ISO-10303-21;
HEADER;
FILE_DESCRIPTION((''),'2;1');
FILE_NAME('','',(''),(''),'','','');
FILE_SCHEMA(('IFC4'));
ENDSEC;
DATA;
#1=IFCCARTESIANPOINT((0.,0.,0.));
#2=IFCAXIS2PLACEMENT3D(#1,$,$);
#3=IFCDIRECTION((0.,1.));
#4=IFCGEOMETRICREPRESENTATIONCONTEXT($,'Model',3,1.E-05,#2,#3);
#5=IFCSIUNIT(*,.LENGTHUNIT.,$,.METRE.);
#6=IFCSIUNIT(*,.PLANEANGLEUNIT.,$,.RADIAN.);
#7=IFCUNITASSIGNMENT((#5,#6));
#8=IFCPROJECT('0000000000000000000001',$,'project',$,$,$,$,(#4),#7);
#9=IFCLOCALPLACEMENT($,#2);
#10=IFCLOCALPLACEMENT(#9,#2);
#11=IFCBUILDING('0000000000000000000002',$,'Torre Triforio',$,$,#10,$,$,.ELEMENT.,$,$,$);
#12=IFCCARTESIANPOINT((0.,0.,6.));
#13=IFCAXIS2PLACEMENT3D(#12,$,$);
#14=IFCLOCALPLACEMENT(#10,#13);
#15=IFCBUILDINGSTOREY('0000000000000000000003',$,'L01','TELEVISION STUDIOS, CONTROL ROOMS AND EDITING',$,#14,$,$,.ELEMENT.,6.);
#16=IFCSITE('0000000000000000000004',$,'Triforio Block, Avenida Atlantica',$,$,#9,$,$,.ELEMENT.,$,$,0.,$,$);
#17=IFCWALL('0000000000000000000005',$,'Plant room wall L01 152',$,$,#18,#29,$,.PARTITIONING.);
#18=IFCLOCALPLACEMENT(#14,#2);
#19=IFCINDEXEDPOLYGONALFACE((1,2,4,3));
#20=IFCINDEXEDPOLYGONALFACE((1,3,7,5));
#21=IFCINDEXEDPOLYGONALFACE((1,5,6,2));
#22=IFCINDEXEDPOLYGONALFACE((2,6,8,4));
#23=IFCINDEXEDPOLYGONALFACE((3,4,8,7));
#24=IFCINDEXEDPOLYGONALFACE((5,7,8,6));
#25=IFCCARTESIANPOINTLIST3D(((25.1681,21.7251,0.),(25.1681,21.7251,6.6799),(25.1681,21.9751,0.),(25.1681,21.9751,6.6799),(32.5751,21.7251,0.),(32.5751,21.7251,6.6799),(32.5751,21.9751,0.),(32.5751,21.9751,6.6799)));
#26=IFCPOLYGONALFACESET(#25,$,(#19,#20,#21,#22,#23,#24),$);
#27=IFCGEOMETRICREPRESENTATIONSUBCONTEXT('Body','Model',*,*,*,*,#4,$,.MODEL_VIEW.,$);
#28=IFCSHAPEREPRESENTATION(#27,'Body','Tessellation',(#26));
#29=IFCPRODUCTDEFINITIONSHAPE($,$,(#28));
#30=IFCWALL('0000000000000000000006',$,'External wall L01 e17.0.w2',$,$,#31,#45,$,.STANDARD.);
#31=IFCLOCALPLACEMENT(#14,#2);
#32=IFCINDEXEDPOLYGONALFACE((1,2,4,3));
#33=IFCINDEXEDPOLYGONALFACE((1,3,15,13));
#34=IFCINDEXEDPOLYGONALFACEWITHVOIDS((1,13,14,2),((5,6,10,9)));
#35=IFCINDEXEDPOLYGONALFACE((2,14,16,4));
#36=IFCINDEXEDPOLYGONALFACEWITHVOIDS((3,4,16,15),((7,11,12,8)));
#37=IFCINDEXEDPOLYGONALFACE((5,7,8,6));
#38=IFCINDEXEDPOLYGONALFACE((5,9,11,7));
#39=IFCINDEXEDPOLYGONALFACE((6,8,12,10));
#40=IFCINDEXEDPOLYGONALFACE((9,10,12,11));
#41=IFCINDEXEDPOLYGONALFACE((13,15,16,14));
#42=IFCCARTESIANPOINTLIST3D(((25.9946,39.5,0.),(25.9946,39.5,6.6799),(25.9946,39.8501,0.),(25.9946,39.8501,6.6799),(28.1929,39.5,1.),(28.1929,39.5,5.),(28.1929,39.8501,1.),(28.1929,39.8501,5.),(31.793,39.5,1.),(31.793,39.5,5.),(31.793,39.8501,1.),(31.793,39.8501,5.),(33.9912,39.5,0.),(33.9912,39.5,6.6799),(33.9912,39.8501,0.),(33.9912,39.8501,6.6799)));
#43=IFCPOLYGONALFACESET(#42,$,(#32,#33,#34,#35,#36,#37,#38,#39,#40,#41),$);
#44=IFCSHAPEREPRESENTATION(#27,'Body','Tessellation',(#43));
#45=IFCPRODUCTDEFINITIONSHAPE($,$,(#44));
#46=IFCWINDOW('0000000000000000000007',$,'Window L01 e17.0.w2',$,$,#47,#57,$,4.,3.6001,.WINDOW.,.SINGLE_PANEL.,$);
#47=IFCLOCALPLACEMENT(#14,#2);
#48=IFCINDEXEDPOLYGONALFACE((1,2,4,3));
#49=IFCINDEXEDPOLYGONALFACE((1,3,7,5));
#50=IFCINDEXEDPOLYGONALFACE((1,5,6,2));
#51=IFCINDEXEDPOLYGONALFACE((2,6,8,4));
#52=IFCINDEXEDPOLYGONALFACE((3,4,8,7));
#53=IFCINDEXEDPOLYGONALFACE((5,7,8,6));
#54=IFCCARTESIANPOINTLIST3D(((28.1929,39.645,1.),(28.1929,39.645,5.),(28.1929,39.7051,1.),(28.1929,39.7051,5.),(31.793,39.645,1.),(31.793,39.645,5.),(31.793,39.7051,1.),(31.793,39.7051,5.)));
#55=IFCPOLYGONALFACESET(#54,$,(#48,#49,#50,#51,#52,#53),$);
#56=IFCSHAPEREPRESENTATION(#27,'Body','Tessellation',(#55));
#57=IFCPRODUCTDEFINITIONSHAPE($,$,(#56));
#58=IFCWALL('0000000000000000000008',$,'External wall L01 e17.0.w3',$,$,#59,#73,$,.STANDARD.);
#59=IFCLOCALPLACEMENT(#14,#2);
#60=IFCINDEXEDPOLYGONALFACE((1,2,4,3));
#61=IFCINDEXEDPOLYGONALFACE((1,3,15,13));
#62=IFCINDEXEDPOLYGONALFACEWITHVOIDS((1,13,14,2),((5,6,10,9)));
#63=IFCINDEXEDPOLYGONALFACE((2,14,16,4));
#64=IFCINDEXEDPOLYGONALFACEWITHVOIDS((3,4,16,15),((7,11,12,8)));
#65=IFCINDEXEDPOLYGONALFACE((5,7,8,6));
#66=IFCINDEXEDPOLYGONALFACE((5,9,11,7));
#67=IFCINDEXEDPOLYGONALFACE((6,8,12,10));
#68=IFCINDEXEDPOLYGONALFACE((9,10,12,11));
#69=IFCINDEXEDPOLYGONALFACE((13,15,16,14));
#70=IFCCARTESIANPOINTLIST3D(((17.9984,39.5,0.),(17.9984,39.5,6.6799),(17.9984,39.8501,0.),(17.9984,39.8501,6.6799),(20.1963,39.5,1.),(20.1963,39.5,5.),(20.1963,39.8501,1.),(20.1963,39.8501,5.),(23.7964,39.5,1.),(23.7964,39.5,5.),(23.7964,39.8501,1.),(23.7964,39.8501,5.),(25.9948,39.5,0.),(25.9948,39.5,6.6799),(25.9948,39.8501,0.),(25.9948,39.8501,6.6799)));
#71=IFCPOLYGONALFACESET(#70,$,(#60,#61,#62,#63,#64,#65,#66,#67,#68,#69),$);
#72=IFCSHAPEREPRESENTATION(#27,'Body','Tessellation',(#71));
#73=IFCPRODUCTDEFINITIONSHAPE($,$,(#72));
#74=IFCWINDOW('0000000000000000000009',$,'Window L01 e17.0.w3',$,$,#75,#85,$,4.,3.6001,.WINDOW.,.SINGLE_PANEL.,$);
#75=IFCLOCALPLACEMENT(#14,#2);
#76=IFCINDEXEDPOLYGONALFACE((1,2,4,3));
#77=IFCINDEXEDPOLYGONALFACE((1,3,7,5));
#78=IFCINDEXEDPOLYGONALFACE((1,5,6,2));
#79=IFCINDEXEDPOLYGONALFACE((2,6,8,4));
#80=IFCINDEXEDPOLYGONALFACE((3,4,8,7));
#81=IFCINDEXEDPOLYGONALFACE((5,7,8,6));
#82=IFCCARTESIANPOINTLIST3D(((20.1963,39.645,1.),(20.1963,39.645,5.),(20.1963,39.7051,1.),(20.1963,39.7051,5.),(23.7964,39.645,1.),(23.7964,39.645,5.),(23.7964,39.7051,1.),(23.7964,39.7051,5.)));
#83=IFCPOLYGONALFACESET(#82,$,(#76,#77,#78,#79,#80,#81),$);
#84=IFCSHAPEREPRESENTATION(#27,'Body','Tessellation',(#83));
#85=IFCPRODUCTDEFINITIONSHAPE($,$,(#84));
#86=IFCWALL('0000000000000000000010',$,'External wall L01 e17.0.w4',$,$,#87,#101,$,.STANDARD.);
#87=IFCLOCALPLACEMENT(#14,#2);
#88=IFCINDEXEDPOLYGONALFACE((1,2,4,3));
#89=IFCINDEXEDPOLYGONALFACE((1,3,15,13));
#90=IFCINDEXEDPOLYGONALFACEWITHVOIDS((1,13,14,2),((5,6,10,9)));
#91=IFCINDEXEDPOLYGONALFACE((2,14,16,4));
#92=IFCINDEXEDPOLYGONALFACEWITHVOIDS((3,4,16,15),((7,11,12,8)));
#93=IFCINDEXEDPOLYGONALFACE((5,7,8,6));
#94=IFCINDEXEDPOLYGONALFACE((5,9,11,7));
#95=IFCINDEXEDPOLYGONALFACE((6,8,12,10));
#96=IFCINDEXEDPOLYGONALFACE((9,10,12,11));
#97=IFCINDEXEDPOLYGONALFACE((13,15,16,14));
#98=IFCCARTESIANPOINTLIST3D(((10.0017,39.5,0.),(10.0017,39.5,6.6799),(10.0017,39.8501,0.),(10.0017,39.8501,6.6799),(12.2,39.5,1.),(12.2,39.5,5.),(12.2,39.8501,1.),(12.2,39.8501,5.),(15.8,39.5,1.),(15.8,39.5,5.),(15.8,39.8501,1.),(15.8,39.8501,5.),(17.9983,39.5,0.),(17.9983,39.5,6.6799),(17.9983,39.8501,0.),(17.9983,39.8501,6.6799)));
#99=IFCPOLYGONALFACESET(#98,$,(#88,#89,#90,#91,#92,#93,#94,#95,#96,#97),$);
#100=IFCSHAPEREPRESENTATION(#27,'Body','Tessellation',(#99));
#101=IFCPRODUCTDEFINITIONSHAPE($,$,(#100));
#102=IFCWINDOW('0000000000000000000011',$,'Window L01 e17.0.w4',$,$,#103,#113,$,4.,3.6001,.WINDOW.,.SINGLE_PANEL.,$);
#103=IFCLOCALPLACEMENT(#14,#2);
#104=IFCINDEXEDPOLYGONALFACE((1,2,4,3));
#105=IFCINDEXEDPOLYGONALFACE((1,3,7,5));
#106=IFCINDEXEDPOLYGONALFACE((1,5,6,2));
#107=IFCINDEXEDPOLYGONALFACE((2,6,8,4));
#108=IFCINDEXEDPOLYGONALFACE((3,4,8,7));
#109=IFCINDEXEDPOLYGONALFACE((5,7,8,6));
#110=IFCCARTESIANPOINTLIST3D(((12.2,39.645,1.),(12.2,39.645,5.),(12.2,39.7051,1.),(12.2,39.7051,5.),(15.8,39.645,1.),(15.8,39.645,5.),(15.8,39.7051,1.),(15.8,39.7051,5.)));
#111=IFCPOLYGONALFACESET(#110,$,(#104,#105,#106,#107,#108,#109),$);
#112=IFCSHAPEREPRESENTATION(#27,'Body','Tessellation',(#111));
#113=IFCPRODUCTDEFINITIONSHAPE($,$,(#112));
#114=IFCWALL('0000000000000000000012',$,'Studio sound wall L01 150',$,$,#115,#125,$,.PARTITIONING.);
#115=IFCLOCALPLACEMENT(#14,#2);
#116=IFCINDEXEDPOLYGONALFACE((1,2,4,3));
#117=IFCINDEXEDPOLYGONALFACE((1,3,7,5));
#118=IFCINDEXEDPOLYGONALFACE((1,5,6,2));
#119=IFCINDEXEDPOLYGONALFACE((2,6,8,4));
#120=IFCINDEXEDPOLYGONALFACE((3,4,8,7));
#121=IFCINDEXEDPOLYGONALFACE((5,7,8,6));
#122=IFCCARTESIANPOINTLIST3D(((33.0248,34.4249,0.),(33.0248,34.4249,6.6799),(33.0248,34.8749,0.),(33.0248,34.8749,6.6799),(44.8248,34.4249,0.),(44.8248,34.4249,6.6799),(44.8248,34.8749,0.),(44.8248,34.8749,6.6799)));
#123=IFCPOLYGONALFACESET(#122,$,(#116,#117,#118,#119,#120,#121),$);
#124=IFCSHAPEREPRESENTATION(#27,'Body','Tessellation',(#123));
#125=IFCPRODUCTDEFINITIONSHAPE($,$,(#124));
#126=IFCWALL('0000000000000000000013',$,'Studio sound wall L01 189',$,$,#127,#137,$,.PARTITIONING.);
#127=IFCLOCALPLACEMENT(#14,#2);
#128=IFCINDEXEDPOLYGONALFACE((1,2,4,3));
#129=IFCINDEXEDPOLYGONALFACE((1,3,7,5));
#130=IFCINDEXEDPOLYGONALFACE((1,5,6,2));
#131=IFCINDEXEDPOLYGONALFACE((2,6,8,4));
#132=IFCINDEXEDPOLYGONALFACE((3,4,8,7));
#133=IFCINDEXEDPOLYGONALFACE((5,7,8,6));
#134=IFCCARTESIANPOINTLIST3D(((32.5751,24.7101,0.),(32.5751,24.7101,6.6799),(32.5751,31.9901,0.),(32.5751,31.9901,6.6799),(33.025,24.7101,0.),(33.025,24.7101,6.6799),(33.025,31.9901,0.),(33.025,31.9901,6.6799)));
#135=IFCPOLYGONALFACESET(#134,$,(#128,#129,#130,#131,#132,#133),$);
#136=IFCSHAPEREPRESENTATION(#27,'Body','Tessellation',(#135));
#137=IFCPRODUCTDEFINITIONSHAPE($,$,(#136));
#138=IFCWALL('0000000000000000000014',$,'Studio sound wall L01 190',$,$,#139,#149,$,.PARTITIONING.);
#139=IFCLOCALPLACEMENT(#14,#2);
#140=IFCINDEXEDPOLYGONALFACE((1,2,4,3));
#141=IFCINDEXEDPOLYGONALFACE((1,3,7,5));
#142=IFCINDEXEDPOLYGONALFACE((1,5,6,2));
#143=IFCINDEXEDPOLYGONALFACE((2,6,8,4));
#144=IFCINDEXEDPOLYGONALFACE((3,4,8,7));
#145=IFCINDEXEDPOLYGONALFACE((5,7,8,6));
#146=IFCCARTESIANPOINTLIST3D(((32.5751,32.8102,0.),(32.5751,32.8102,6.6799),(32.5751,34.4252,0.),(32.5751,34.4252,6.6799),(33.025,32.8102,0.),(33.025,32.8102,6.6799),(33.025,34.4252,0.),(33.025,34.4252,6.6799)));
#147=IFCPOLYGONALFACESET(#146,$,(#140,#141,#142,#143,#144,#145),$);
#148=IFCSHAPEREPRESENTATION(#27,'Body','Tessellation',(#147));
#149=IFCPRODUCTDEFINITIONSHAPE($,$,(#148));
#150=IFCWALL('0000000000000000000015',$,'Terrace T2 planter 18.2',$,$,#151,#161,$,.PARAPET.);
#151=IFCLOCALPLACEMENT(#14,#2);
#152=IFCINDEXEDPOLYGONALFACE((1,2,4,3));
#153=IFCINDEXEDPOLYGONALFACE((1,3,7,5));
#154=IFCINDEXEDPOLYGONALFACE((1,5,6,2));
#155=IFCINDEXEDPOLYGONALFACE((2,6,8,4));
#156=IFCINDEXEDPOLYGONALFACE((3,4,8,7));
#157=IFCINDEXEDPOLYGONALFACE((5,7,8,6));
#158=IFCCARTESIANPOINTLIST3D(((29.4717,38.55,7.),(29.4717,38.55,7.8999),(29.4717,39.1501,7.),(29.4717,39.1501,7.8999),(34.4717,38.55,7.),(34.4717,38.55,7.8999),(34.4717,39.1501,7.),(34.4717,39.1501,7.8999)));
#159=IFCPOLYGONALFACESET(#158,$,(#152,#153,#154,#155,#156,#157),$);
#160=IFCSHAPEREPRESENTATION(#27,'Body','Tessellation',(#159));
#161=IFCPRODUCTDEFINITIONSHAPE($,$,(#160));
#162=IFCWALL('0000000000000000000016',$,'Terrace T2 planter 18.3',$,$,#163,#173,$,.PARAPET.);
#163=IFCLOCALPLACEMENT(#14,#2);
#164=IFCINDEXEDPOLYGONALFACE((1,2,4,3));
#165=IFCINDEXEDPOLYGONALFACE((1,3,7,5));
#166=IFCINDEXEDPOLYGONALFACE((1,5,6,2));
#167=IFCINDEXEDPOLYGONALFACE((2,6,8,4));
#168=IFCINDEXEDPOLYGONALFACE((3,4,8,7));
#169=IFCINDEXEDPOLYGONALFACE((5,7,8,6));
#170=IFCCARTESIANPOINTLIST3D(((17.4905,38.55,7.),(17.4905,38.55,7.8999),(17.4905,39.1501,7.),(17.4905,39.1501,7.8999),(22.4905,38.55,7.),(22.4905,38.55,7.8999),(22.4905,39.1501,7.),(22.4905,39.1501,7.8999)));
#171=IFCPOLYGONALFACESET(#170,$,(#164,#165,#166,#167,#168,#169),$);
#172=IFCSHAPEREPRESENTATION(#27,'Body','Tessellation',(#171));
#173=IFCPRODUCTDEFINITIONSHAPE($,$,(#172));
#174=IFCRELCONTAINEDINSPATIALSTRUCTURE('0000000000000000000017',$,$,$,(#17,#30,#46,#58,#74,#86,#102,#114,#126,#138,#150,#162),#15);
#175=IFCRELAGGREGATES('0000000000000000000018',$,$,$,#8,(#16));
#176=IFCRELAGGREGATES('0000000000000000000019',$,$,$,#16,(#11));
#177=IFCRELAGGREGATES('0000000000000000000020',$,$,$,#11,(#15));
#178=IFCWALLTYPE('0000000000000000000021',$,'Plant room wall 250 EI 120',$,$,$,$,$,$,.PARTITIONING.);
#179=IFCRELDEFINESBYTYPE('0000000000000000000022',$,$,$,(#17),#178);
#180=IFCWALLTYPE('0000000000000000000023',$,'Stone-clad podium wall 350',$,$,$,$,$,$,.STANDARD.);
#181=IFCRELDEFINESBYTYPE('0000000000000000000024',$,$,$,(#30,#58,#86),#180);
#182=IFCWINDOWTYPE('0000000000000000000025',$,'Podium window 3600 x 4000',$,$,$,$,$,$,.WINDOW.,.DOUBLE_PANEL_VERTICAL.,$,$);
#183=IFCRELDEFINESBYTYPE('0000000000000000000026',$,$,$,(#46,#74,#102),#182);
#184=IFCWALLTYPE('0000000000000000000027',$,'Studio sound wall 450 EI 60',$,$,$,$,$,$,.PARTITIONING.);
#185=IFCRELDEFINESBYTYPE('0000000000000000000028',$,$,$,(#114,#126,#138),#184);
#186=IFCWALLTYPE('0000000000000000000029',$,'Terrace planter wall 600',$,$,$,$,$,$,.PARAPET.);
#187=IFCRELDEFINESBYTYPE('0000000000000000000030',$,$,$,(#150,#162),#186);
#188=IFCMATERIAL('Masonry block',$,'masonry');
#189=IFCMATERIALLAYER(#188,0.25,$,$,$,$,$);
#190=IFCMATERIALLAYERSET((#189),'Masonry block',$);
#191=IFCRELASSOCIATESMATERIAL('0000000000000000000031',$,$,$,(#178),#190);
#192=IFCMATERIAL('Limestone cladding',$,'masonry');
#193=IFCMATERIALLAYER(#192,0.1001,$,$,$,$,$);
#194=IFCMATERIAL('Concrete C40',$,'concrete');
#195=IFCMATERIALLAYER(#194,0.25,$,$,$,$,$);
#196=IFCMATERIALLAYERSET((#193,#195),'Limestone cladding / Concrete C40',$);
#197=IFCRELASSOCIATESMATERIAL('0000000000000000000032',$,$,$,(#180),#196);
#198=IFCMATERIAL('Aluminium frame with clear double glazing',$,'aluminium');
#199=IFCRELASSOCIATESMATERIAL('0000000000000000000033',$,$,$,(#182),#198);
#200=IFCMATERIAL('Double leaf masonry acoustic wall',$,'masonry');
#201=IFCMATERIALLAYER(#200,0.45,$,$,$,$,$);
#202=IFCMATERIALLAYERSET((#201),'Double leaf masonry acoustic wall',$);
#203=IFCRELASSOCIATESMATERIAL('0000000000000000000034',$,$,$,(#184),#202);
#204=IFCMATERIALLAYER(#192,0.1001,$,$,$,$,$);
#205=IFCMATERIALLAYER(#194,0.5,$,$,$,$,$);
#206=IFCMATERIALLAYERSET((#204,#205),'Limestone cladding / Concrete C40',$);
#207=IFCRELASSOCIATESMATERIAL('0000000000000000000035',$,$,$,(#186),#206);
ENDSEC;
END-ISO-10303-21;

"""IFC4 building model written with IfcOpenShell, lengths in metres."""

from ifc_helpers import new_model, si_unit, direction, frame, frame_2d, origin, place, context, subcontext, project, spatial, rectangle, extrude, material, layer, layer_set, type_object, element, fill, save


model = new_model("IFC4")

# Units and contexts
model_context = context("Model", 3, precision=1e-05, world=origin(), true_north=direction((0.0, 1.0)))
body_context = subcontext(model_context, "Body", "Model", "MODEL_VIEW")
ifc_project = project(units=[si_unit("LENGTHUNIT", "METRE"), si_unit("PLANEANGLEUNIT", "RADIAN")], contexts=[model_context])

# Site, building, storey
site_placement = place(None, origin())
site = spatial("IfcSite", under=ifc_project, at=site_placement, Name="Triforio Block, Avenida Atlantica", CompositionType="ELEMENT", RefElevation=0.0)
building_placement = place(site_placement, origin())
building = spatial("IfcBuilding", under=site, at=building_placement, Name="Torre Triforio", CompositionType="ELEMENT")
storey_placement = place(building_placement, frame((0.0, 0.0, 6.0)))
storey = spatial("IfcBuildingStorey", under=building, at=storey_placement, Name="L01", Description="TELEVISION STUDIOS, CONTROL ROOMS AND EDITING", CompositionType="ELEMENT", Elevation=6.0)

# Shared definitions
ifc_material_1 = material(Name="Masonry block", Category="masonry")
ifc_layer_1 = layer(ifc_material_1, 0.25)
ifc_layer_set_1 = layer_set([ifc_layer_1], Name="Masonry block")
wall_type_1 = type_object("IfcWallType", Name="Plant room wall 250 EI 120", PredefinedType="PARTITIONING", material=ifc_layer_set_1)

# Wall
wall_1_placement = place(storey_placement, frame((25.168, 21.8501, 0.0), z_axis=(0.0, 0.0, 1.0), x_axis=(1.0, 0.0, 0.0)))
element("IfcWall", 1, at=wall_1_placement, inside=storey, type_object=wall_type_1, Name="Plant room wall L01 152", PredefinedType="PARTITIONING", context=body_context, shape_type="SweptSolid", body=[
    extrude(rectangle(XDim=7.407, YDim=0.25, at=frame_2d((3.7036, 0.0))), origin(), (0.0, 0.0, 1.0), 6.6799),
])

# Walls, openings, windows
ifc_material_2 = material(Name="Limestone cladding", Category="masonry")
ifc_layer_2 = layer(ifc_material_2, 0.1001)
ifc_material_3 = material(Name="Concrete C40", Category="concrete")
ifc_layer_3 = layer(ifc_material_3, 0.25)
ifc_layer_set_2 = layer_set([ifc_layer_2, ifc_layer_3], Name="Limestone cladding / Concrete C40")
wall_type_2 = type_object("IfcWallType", Name="Stone-clad podium wall 350", PredefinedType="STANDARD", material=ifc_layer_set_2)
wall_2_placement = place(storey_placement, frame((33.9912, 39.675, 0.0), z_axis=(0.0, 0.0, 1.0), x_axis=(-1.0, 0.0, 0.0)))
wall_2 = element("IfcWall", 2, at=wall_2_placement, inside=storey, type_object=wall_type_2, Name="External wall L01 e17.0.w2", PredefinedType="STANDARD", context=body_context, shape_type="SweptSolid", body=[
    extrude(rectangle(XDim=7.9966, YDim=0.3501, at=frame_2d((3.9983, 0.0))), origin(), (0.0, 0.0, 1.0), 6.6799),
])
opening_1_placement = place(wall_2_placement, frame((2.1982, 0.0, 1.0)))
opening_1 = element("IfcOpeningElement", 3, at=opening_1_placement, cuts=wall_2, PredefinedType="OPENING", context=body_context, shape_type="SweptSolid", body=[
    extrude(rectangle(XDim=3.6001, YDim=4.0, at=frame_2d((1.8, 2.0))), frame((0.0, 0.1851, 0.0), z_axis=(0.0, -1.0, 0.0), x_axis=(1.0, 0.0, 0.0)), (0.0, 0.0, 1.0), 0.3701),
])
ifc_material_4 = material(Name="Aluminium frame with clear double glazing", Category="aluminium")
window_type = type_object("IfcWindowType", Name="Podium window 3600 x 4000", PartitioningType="DOUBLE_PANEL_VERTICAL", PredefinedType="WINDOW", material=ifc_material_4)
window_1_placement = place(opening_1_placement, origin())
window_1 = element("IfcWindow", 4, at=window_1_placement, inside=storey, type_object=window_type, Name="Window L01 e17.0.w2", OverallHeight=4.0, OverallWidth=3.6001, PartitioningType="SINGLE_PANEL", PredefinedType="WINDOW", context=body_context, shape_type="SweptSolid", body=[
    extrude(rectangle(XDim=3.6001, YDim=4.0, at=frame_2d((1.8, 2.0))), frame((0.0, 0.03, 0.0), z_axis=(0.0, -1.0, 0.0), x_axis=(1.0, 0.0, 0.0)), (0.0, 0.0, 1.0), 0.0601),
])
fill(opening_1, window_1)
wall_3_placement = place(storey_placement, frame((25.9946, 39.675, 0.0), z_axis=(0.0, 0.0, 1.0), x_axis=(-1.0, 0.0, 0.0)))
wall_3 = element("IfcWall", 5, at=wall_3_placement, inside=storey, type_object=wall_type_2, Name="External wall L01 e17.0.w3", PredefinedType="STANDARD", context=body_context, shape_type="SweptSolid", body=[
    extrude(rectangle(XDim=7.9963, YDim=0.3501, at=frame_2d((3.998, 0.0))), origin(), (0.0, 0.0, 1.0), 6.6799),
])
opening_2_placement = place(wall_3_placement, frame((2.1982, 0.0, 1.0)))
opening_2 = element("IfcOpeningElement", 6, at=opening_2_placement, cuts=wall_3, PredefinedType="OPENING", context=body_context, shape_type="SweptSolid", body=[
    extrude(rectangle(XDim=3.6001, YDim=4.0, at=frame_2d((1.8, 2.0))), frame((0.0, 0.1851, 0.0), z_axis=(0.0, -1.0, 0.0), x_axis=(1.0, 0.0, 0.0)), (0.0, 0.0, 1.0), 0.3701),
])
window_2_placement = place(opening_2_placement, origin())
window_2 = element("IfcWindow", 7, at=window_2_placement, inside=storey, type_object=window_type, Name="Window L01 e17.0.w3", OverallHeight=4.0, OverallWidth=3.6001, PartitioningType="SINGLE_PANEL", PredefinedType="WINDOW", context=body_context, shape_type="SweptSolid", body=[
    extrude(rectangle(XDim=3.6001, YDim=4.0, at=frame_2d((1.8, 2.0))), frame((0.0, 0.03, 0.0), z_axis=(0.0, -1.0, 0.0), x_axis=(1.0, 0.0, 0.0)), (0.0, 0.0, 1.0), 0.0601),
])
fill(opening_2, window_2)
wall_4_placement = place(storey_placement, frame((17.9983, 39.675, 0.0), z_axis=(0.0, 0.0, 1.0), x_axis=(-1.0, 0.0, 0.0)))
wall_4 = element("IfcWall", 8, at=wall_4_placement, inside=storey, type_object=wall_type_2, Name="External wall L01 e17.0.w4", PredefinedType="STANDARD", context=body_context, shape_type="SweptSolid", body=[
    extrude(rectangle(XDim=7.9966, YDim=0.3501, at=frame_2d((3.9983, 0.0))), origin(), (0.0, 0.0, 1.0), 6.6799),
])
opening_3_placement = place(wall_4_placement, frame((2.1982, 0.0, 1.0)))
opening_3 = element("IfcOpeningElement", 9, at=opening_3_placement, cuts=wall_4, PredefinedType="OPENING", context=body_context, shape_type="SweptSolid", body=[
    extrude(rectangle(XDim=3.6001, YDim=4.0, at=frame_2d((1.8, 2.0))), frame((0.0, 0.1851, 0.0), z_axis=(0.0, -1.0, 0.0), x_axis=(1.0, 0.0, 0.0)), (0.0, 0.0, 1.0), 0.3701),
])
window_3_placement = place(opening_3_placement, origin())
window_3 = element("IfcWindow", 10, at=window_3_placement, inside=storey, type_object=window_type, Name="Window L01 e17.0.w4", OverallHeight=4.0, OverallWidth=3.6001, PartitioningType="SINGLE_PANEL", PredefinedType="WINDOW", context=body_context, shape_type="SweptSolid", body=[
    extrude(rectangle(XDim=3.6001, YDim=4.0, at=frame_2d((1.8, 2.0))), frame((0.0, 0.03, 0.0), z_axis=(0.0, -1.0, 0.0), x_axis=(1.0, 0.0, 0.0)), (0.0, 0.0, 1.0), 0.0601),
])
fill(opening_3, window_3)

# Walls
ifc_material_5 = material(Name="Double leaf masonry acoustic wall", Category="masonry")
ifc_layer_4 = layer(ifc_material_5, 0.45)
ifc_layer_set_3 = layer_set([ifc_layer_4], Name="Double leaf masonry acoustic wall")
wall_type_3 = type_object("IfcWallType", Name="Studio sound wall 450 EI 60", PredefinedType="PARTITIONING", material=ifc_layer_set_3)
wall_5_placement = place(storey_placement, frame((33.0249, 34.6499, 0.0), z_axis=(0.0, 0.0, 1.0), x_axis=(1.0, 0.0, 0.0)))
element("IfcWall", 11, at=wall_5_placement, inside=storey, type_object=wall_type_3, Name="Studio sound wall L01 150", PredefinedType="PARTITIONING", context=body_context, shape_type="SweptSolid", body=[
    extrude(rectangle(XDim=11.8, YDim=0.45, at=frame_2d((5.8999, 0.0))), origin(), (0.0, 0.0, 1.0), 6.6799),
])
wall_6_placement = place(storey_placement, frame((32.8, 24.71, 0.0), z_axis=(0.0, 0.0, 1.0), x_axis=(0.0, 1.0, 0.0)))
element("IfcWall", 12, at=wall_6_placement, inside=storey, type_object=wall_type_3, Name="Studio sound wall L01 189", PredefinedType="PARTITIONING", context=body_context, shape_type="SweptSolid", body=[
    extrude(rectangle(XDim=7.28, YDim=0.45, at=frame_2d((3.6401, 0.0))), origin(), (0.0, 0.0, 1.0), 6.6799),
])
wall_7_placement = place(storey_placement, frame((32.8, 32.8101, 0.0), z_axis=(0.0, 0.0, 1.0), x_axis=(0.0, 1.0, 0.0)))
element("IfcWall", 13, at=wall_7_placement, inside=storey, type_object=wall_type_3, Name="Studio sound wall L01 190", PredefinedType="PARTITIONING", context=body_context, shape_type="SweptSolid", body=[
    extrude(rectangle(XDim=1.615, YDim=0.45, at=frame_2d((0.8076, 0.0))), origin(), (0.0, 0.0, 1.0), 6.6799),
])
ifc_layer_5 = layer(ifc_material_2, 0.1001)
ifc_layer_6 = layer(ifc_material_3, 0.5)
ifc_layer_set_4 = layer_set([ifc_layer_5, ifc_layer_6], Name="Limestone cladding / Concrete C40")
wall_type_4 = type_object("IfcWallType", Name="Terrace planter wall 600", PredefinedType="PARAPET", material=ifc_layer_set_4)
for number, where, z_axis, x_axis, name in (
    (14, (34.4717, 38.8501, 7.0), (0.0, 0.0, 1.0), (-1.0, 0.0, 0.0), "Terrace T2 planter 18.2"),
    (15, (22.4905, 38.8501, 7.0), (0.0, 0.0, 1.0), (-1.0, 0.0, 0.0), "Terrace T2 planter 18.3"),
):
    element("IfcWall", number, at=place(storey_placement, frame(where, z_axis=z_axis, x_axis=x_axis)), inside=storey, type_object=wall_type_4, Name=name, PredefinedType="PARAPET", context=body_context, shape_type="SweptSolid", body=[
        extrude(rectangle(XDim=5.0, YDim=0.6001, at=frame_2d((2.5, 0.0))), origin(), (0.0, 0.0, 1.0), 0.8999),
    ])

save(model, "model.ifc")
